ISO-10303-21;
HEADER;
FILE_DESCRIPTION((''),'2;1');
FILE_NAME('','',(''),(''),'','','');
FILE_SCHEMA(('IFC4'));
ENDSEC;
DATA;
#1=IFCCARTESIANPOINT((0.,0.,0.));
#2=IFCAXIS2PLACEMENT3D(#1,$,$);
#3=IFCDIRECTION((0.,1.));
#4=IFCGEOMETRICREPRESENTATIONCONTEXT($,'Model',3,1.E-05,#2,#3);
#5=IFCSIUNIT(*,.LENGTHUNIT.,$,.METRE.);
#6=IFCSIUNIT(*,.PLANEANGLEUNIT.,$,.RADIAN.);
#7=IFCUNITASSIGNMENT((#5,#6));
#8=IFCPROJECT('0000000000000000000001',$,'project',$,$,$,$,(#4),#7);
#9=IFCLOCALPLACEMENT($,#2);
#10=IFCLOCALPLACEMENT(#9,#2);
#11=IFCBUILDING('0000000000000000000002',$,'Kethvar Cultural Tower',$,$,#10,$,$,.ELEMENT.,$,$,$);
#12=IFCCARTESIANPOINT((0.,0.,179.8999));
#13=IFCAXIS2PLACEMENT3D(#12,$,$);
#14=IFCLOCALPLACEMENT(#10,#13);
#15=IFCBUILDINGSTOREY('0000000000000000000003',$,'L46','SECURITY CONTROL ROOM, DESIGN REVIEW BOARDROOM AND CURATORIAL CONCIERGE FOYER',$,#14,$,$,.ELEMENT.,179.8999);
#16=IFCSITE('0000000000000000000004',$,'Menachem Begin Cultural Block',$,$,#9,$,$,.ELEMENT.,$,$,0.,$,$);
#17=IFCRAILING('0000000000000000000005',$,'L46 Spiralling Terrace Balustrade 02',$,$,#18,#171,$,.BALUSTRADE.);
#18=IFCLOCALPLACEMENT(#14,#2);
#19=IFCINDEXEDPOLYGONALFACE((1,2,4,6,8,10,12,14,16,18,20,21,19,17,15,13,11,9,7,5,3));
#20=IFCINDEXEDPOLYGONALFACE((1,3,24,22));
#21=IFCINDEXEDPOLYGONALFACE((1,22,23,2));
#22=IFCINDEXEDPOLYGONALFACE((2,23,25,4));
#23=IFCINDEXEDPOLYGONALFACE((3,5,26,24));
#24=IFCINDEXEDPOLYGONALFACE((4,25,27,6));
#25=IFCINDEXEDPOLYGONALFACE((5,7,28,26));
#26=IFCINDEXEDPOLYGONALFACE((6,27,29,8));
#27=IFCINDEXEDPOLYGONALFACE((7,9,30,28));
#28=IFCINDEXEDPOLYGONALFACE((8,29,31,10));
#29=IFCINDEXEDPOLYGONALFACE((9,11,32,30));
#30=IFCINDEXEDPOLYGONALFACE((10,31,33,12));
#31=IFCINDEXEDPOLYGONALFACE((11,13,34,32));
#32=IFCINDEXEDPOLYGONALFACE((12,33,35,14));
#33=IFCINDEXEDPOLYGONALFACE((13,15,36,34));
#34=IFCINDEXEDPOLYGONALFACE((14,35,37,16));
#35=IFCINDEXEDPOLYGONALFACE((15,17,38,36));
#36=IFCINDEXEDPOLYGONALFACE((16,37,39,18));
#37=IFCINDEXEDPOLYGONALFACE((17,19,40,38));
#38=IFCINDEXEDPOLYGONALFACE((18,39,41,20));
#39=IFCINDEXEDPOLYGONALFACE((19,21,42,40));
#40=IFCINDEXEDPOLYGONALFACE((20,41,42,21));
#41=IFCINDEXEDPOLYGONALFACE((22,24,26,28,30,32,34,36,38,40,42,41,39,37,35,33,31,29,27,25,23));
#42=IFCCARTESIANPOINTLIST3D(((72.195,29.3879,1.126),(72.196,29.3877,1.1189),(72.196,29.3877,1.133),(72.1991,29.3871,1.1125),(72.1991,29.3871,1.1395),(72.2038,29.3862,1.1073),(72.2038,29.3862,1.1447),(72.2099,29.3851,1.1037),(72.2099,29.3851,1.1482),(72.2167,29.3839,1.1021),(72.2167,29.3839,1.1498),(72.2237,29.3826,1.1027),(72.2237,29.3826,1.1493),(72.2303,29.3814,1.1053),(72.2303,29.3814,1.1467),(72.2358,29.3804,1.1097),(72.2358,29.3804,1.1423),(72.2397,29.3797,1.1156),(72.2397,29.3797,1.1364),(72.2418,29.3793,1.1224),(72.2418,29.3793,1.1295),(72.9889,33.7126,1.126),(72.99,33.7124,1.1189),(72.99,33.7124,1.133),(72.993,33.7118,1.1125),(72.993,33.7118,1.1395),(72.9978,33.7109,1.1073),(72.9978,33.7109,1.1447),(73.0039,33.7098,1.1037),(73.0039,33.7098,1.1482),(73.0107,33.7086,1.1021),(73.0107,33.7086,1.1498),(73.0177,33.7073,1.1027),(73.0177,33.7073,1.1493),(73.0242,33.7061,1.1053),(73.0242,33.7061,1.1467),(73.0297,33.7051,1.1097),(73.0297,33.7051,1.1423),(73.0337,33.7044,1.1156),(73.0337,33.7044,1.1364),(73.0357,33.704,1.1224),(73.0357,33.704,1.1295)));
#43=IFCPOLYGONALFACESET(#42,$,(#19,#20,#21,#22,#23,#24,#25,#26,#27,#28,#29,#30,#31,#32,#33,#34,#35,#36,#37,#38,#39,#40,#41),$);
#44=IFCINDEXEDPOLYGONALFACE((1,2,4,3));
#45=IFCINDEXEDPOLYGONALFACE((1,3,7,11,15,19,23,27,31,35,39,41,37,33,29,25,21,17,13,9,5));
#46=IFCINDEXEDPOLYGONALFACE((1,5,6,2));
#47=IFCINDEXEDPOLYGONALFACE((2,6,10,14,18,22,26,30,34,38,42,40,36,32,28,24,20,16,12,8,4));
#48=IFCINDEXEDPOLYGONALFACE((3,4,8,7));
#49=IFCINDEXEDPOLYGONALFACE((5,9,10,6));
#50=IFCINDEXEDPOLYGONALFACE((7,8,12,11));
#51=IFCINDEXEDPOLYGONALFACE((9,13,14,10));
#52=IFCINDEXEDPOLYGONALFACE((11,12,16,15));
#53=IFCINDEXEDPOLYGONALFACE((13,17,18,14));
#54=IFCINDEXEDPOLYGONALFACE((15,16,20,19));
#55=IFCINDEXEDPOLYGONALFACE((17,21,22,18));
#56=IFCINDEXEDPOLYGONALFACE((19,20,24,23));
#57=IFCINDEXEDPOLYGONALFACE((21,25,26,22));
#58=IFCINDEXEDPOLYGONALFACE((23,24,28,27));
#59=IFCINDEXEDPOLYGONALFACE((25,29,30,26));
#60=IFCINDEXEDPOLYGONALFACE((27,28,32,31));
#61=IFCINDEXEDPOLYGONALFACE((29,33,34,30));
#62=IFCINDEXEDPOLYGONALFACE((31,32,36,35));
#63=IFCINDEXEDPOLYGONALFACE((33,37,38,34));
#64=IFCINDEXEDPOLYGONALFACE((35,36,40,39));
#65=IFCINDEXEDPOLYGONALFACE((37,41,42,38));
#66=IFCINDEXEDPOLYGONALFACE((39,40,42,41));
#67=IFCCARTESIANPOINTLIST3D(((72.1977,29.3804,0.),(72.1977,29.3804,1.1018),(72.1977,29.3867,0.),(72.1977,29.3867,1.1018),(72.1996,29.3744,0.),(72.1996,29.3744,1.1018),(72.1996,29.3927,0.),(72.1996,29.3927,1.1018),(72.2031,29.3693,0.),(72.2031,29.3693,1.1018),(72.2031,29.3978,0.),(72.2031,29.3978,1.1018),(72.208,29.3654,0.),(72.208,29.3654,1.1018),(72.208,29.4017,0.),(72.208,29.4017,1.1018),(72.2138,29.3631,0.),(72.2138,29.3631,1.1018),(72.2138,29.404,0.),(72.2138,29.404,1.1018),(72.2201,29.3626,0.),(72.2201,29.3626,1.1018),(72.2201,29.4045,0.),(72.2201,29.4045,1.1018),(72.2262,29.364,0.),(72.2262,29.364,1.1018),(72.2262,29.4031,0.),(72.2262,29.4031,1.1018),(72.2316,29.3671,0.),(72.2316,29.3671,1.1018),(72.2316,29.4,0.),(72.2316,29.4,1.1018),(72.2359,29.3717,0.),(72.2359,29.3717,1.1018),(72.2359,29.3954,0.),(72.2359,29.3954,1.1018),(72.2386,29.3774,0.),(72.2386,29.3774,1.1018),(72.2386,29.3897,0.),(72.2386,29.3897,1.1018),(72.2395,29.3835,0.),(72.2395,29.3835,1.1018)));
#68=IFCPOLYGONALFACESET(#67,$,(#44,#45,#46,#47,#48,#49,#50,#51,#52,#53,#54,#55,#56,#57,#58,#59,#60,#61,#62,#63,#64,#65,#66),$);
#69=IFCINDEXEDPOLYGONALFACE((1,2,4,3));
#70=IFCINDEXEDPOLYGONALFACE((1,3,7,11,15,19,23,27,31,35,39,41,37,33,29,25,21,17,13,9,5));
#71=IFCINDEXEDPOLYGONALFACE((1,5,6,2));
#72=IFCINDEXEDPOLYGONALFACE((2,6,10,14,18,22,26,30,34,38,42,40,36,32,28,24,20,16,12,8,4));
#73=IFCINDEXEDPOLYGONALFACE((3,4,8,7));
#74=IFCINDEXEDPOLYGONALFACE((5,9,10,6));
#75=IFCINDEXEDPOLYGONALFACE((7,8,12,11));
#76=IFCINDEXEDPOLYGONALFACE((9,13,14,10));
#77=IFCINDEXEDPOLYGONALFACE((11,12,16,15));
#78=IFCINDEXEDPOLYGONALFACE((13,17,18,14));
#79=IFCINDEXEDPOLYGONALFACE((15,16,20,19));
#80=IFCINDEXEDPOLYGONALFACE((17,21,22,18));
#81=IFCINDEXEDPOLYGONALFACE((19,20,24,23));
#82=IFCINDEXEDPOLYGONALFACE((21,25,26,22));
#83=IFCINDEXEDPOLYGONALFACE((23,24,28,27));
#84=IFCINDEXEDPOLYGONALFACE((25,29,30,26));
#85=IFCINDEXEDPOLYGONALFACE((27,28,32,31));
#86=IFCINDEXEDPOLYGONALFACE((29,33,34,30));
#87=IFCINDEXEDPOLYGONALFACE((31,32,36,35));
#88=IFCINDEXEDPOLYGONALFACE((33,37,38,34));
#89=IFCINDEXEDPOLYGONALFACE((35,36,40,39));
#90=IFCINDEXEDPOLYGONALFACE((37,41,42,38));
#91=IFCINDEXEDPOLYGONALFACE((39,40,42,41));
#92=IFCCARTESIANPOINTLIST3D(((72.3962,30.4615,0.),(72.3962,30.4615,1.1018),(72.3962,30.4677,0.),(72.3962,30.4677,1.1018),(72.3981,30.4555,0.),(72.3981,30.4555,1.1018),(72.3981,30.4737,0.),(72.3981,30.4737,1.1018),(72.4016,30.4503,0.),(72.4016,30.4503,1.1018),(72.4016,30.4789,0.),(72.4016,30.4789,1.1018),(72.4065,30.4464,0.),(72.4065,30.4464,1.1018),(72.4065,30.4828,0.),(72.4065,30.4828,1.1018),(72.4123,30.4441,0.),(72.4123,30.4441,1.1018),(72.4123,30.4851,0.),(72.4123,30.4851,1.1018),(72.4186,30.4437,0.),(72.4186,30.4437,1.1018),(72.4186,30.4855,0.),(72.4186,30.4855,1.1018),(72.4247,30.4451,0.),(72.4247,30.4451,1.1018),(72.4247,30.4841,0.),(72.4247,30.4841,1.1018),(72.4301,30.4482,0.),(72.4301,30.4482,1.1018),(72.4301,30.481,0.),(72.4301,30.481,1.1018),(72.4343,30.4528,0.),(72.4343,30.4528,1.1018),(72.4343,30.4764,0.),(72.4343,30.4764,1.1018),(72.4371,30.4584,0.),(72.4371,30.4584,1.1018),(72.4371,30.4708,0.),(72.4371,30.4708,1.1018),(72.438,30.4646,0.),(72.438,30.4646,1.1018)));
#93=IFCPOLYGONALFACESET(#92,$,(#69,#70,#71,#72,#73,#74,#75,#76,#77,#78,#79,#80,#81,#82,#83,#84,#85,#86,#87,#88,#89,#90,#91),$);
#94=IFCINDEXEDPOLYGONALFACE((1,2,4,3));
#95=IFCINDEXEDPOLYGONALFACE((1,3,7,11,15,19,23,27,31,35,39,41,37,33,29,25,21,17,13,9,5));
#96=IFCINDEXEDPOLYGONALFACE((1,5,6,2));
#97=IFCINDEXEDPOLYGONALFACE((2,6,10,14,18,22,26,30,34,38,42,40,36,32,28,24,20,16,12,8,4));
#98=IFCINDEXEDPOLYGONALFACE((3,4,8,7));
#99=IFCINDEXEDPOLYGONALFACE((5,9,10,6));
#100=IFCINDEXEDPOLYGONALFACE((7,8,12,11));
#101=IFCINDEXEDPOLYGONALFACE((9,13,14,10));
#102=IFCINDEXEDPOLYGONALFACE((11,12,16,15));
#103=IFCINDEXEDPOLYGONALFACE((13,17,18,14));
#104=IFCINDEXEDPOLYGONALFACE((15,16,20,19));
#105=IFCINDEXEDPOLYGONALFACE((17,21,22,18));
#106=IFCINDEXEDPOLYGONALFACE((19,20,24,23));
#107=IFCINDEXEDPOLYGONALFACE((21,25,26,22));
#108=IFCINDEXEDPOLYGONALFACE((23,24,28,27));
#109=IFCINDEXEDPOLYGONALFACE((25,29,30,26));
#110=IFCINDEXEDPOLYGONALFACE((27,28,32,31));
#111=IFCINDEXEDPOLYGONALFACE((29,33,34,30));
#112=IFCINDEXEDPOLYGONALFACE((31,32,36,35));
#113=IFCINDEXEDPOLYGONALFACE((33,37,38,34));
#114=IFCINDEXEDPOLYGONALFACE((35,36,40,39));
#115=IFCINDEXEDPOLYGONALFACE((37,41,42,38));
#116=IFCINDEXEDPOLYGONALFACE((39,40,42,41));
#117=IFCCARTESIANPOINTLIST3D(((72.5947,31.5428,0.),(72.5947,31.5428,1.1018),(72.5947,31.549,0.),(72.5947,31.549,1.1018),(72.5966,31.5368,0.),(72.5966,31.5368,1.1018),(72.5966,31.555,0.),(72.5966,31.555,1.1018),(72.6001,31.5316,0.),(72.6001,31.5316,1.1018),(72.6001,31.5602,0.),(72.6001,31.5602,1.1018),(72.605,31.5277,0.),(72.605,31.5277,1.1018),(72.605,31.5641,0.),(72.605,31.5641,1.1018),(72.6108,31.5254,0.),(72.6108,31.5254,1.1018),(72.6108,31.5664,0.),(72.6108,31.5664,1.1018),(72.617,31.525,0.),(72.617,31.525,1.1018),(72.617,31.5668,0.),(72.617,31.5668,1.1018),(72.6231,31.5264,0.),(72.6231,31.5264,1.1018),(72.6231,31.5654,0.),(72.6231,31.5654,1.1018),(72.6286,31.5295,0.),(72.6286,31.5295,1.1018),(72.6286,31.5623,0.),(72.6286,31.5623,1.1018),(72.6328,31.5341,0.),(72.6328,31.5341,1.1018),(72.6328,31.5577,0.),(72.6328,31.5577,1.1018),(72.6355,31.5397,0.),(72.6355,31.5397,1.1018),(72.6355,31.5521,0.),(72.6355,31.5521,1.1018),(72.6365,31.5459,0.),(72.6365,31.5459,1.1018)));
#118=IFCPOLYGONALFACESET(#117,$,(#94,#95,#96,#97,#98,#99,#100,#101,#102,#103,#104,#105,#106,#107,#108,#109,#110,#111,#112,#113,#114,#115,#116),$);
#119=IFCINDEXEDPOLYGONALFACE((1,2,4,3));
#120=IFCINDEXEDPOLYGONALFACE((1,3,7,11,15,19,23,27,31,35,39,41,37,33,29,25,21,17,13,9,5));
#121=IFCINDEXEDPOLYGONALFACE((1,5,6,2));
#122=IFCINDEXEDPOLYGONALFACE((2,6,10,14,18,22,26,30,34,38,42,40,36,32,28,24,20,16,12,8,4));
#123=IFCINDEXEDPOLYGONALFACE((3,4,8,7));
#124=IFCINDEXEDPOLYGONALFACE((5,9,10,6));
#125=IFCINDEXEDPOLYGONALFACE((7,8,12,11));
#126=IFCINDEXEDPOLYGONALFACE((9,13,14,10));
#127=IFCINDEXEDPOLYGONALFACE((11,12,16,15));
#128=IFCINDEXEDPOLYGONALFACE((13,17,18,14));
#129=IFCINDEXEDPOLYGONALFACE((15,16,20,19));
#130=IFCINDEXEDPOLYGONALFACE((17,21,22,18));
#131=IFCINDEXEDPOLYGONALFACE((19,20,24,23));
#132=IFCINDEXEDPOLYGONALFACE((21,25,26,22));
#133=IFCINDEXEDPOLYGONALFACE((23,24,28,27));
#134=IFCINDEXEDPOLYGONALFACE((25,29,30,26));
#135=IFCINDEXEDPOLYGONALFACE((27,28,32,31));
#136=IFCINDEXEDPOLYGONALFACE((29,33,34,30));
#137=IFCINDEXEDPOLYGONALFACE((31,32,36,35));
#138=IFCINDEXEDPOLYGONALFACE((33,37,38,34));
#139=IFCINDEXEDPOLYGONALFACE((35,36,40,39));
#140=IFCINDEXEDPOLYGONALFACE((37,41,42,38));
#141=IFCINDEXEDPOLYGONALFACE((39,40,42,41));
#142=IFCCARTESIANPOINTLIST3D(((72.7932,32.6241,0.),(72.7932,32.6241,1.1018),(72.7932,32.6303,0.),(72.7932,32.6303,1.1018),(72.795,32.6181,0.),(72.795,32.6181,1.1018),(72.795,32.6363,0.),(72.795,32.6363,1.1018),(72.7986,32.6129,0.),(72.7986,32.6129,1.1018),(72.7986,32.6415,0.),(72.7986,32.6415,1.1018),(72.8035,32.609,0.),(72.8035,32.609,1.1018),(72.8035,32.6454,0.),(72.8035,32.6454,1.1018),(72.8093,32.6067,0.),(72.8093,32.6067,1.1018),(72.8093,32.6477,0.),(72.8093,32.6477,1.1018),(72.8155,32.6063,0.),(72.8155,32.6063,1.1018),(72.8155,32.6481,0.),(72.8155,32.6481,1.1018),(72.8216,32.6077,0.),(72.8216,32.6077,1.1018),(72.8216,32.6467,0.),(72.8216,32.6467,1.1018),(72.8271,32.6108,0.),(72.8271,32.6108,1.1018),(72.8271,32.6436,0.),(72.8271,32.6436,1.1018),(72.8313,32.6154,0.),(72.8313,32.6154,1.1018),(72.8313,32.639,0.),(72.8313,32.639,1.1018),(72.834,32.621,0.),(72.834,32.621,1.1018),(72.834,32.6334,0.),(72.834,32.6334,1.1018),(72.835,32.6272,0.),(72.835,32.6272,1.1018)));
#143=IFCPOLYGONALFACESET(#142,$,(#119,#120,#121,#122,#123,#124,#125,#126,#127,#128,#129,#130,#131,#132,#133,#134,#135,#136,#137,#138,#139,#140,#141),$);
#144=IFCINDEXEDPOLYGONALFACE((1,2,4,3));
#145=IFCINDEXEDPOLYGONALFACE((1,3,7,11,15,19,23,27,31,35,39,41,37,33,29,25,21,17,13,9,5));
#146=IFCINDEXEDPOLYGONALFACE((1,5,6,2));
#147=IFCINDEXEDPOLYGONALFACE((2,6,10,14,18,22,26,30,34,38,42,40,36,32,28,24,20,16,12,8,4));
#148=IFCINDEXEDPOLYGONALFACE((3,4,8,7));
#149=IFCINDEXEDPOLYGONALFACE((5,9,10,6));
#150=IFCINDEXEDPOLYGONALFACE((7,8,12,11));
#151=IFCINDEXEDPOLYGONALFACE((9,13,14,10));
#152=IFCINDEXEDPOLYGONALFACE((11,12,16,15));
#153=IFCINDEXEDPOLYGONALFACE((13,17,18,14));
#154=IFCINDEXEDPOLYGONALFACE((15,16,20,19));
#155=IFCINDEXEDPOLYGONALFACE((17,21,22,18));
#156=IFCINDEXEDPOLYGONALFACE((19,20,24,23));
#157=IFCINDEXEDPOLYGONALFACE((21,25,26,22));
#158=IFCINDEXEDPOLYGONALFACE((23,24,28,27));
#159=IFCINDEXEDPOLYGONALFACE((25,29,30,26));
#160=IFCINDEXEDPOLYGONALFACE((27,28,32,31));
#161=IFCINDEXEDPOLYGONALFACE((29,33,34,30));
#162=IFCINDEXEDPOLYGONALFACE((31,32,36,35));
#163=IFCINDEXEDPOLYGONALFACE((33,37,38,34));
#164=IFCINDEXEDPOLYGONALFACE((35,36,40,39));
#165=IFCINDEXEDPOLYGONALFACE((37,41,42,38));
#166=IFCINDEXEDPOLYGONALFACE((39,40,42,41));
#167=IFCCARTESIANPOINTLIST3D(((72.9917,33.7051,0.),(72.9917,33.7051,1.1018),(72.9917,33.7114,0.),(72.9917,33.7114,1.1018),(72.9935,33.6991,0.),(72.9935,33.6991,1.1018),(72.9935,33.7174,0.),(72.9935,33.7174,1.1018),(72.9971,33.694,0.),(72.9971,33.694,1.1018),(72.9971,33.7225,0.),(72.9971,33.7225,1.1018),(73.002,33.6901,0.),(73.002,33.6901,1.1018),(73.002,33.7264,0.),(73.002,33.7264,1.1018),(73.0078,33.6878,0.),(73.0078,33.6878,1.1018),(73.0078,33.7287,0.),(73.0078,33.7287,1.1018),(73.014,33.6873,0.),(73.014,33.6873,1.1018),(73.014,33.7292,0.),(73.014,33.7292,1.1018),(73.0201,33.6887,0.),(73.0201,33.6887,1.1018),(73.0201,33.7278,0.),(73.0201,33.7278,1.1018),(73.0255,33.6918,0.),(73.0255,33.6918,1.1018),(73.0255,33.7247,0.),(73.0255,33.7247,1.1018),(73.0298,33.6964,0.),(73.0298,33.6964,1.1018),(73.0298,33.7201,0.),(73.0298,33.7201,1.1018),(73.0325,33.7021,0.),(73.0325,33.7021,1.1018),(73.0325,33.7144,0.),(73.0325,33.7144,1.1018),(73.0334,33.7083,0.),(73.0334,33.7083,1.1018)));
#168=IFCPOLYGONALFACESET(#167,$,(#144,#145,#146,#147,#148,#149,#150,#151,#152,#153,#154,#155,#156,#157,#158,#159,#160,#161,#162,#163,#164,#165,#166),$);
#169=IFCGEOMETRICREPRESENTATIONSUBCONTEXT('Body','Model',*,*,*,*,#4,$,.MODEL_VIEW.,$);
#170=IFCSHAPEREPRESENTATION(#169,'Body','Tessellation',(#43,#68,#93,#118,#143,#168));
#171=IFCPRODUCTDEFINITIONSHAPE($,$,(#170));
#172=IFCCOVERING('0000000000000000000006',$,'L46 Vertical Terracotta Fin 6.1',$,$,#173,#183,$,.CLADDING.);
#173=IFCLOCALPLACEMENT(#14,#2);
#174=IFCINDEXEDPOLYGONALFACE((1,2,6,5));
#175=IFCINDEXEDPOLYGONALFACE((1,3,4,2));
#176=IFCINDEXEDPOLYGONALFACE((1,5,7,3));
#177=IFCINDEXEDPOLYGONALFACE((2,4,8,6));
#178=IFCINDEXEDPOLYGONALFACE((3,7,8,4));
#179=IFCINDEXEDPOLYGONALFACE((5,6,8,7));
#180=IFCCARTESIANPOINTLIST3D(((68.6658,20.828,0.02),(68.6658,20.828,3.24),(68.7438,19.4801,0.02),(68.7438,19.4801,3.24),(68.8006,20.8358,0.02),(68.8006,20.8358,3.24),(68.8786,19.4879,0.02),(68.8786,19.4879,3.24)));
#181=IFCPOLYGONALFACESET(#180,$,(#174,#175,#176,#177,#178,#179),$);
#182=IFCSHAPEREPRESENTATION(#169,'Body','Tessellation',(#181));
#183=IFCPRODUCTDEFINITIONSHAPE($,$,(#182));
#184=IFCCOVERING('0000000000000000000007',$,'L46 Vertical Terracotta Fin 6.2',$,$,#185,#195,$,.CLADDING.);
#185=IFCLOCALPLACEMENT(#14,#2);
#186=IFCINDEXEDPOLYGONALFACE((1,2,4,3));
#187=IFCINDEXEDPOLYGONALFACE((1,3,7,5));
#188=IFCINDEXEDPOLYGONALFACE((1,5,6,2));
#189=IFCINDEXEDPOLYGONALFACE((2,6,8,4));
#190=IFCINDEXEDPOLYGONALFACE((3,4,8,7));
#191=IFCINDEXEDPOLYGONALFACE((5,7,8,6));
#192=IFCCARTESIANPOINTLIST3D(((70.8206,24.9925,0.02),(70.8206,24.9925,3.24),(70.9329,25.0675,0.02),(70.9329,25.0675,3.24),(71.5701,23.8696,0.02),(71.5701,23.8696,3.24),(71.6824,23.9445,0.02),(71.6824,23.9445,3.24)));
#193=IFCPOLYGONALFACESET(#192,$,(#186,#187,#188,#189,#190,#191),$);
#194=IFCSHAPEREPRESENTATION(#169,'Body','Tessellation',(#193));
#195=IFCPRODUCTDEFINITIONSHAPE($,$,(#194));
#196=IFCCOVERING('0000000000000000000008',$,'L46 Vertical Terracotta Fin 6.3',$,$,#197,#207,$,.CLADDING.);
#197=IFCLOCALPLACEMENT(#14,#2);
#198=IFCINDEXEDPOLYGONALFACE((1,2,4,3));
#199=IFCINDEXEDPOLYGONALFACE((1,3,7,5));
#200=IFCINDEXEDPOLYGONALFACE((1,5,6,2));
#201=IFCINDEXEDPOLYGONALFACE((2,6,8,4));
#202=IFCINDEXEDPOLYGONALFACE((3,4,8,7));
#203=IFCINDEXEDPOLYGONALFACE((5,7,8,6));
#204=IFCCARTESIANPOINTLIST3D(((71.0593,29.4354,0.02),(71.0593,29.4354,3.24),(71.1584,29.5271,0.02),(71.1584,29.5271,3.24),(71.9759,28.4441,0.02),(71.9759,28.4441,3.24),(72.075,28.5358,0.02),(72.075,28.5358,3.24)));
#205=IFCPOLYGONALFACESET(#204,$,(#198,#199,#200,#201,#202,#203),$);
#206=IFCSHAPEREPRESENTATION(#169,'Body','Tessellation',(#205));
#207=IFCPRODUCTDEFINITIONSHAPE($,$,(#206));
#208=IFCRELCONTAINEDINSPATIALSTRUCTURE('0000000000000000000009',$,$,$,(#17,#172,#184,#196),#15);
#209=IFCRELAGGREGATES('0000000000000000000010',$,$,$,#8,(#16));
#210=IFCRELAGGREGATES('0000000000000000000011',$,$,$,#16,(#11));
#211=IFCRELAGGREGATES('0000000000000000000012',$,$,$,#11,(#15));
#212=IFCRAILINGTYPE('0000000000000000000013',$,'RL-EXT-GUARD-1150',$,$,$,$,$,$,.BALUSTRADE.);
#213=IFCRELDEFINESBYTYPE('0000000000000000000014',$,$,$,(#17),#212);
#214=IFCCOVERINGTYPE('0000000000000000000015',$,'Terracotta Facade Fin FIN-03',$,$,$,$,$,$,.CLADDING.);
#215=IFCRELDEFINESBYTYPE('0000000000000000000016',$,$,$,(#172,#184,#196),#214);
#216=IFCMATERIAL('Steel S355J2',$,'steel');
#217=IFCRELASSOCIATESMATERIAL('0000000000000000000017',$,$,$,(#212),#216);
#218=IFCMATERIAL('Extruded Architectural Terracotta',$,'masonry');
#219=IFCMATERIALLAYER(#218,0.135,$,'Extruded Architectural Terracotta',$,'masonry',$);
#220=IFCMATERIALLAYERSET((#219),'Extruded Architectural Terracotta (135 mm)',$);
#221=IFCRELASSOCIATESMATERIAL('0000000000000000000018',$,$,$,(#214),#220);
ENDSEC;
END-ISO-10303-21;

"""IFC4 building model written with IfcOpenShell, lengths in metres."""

from ifc_helpers import new_model, si_unit, direction, frame, origin, origin_2d, place, context, subcontext, project, spatial, rectangle, circle, extrude, source, transform, mapped, material, layer, layer_set, type_object, element, save


model = new_model("IFC4")

# Units and contexts
model_context = context("Model", 3, precision=1e-05, world=origin(), true_north=direction((0.0, 1.0)))
body_context = subcontext(model_context, "Body", "Model", "MODEL_VIEW")
ifc_project = project(units=[si_unit("LENGTHUNIT", "METRE"), si_unit("PLANEANGLEUNIT", "RADIAN")], contexts=[model_context])

# Site, building, storey
site_placement = place(None, origin())
site = spatial("IfcSite", under=ifc_project, at=site_placement, Name="Menachem Begin Cultural Block", CompositionType="ELEMENT", RefElevation=0.0)
building_placement = place(site_placement, origin())
building = spatial("IfcBuilding", under=site, at=building_placement, Name="Kethvar Cultural Tower", CompositionType="ELEMENT")
storey_placement = place(building_placement, frame((0.0, 0.0, 179.8999)))
storey = spatial("IfcBuildingStorey", under=building, at=storey_placement, Name="L46", Description="SECURITY CONTROL ROOM, DESIGN REVIEW BOARDROOM AND CURATORIAL CONCIERGE FOYER", CompositionType="ELEMENT", Elevation=179.8999)

# Shared definitions
ifc_material_1 = material(Name="Steel S355J2", Category="steel")

# Railing
railing_type = type_object("IfcRailingType", Name="RL-EXT-GUARD-1150", PredefinedType="BALUSTRADE", material=ifc_material_1)
railing_1_placement = place(storey_placement, frame((72.2185, 29.3835, 0.0)))
element("IfcRailing", 1, at=railing_1_placement, inside=storey, type_object=railing_type, Name="L46 Spiralling Terrace Balustrade 02", PredefinedType="BALUSTRADE", context=body_context, shape_type="SweptSolid", body=[
    extrude(circle(Radius=0.0239, at=origin_2d()), frame((0.0, 0.0, 1.126), z_axis=(0.180566, 0.983563, 0.0), x_axis=(-0.983563, 0.180566, 0.0)), (0.0, 0.0, 1.0), 4.397),
    extrude(circle(Radius=0.021, at=origin_2d()), origin(), (0.0, 0.0, 1.0), 1.1018),
    extrude(circle(Radius=0.021, at=origin_2d()), frame((0.1985, 1.0811, 0.0)), (0.0, 0.0, 1.0), 1.1018),
    extrude(circle(Radius=0.021, at=origin_2d()), frame((0.397, 2.1624, 0.0)), (0.0, 0.0, 1.0), 1.1018),
    extrude(circle(Radius=0.021, at=origin_2d()), frame((0.5955, 3.2437, 0.0)), (0.0, 0.0, 1.0), 1.1018),
    extrude(circle(Radius=0.021, at=origin_2d()), frame((0.7939, 4.3247, 0.0)), (0.0, 0.0, 1.0), 1.1018),
])

# Coverings
ifc_material_2 = material(Name="Extruded Architectural Terracotta", Category="masonry")
ifc_layer_1 = layer(ifc_material_2, 0.135, Name="Extruded Architectural Terracotta", Category="masonry")
ifc_layer_set_1 = layer_set([ifc_layer_1], Name="Extruded Architectural Terracotta (135 mm)")
covering_type = type_object("IfcCoveringType", Name="Terracotta Facade Fin FIN-03", PredefinedType="CLADDING", material=ifc_layer_set_1)
shared_shape_1 = source(origin(), body_context, "Body", "SweptSolid", [
    extrude(rectangle(XDim=1.3501, YDim=0.135, at=origin_2d()), origin(), (0.0, 0.0, 1.0), 3.22),
])
for number, where, z_axis, x_axis, name in (
    (2, (68.7722, 20.158, 0.02), (0.0, 0.0, 1.0), (0.057738, -0.998332, 0.0), "L46 Vertical Terracotta Fin 6.1"),
    (3, (71.2515, 24.4685, 0.02), (0.0, 0.0, 1.0), (0.555135, -0.83176, 0.0), "L46 Vertical Terracotta Fin 6.2"),
    (4, (71.5671, 28.9856, 0.02), (0.0, 0.0, 1.0), (0.678929, -0.734204, 0.0), "L46 Vertical Terracotta Fin 6.3"),
):
    element("IfcCovering", number, at=place(storey_placement, frame(where, z_axis=z_axis, x_axis=x_axis)), inside=storey, type_object=covering_type, Name=name, PredefinedType="CLADDING", context=body_context, shape_type="MappedRepresentation", body=[
        mapped(shared_shape_1, transform((0.0, 0.0, 0.0), scale=1.0)),
    ])

save(model, "model.ifc")
